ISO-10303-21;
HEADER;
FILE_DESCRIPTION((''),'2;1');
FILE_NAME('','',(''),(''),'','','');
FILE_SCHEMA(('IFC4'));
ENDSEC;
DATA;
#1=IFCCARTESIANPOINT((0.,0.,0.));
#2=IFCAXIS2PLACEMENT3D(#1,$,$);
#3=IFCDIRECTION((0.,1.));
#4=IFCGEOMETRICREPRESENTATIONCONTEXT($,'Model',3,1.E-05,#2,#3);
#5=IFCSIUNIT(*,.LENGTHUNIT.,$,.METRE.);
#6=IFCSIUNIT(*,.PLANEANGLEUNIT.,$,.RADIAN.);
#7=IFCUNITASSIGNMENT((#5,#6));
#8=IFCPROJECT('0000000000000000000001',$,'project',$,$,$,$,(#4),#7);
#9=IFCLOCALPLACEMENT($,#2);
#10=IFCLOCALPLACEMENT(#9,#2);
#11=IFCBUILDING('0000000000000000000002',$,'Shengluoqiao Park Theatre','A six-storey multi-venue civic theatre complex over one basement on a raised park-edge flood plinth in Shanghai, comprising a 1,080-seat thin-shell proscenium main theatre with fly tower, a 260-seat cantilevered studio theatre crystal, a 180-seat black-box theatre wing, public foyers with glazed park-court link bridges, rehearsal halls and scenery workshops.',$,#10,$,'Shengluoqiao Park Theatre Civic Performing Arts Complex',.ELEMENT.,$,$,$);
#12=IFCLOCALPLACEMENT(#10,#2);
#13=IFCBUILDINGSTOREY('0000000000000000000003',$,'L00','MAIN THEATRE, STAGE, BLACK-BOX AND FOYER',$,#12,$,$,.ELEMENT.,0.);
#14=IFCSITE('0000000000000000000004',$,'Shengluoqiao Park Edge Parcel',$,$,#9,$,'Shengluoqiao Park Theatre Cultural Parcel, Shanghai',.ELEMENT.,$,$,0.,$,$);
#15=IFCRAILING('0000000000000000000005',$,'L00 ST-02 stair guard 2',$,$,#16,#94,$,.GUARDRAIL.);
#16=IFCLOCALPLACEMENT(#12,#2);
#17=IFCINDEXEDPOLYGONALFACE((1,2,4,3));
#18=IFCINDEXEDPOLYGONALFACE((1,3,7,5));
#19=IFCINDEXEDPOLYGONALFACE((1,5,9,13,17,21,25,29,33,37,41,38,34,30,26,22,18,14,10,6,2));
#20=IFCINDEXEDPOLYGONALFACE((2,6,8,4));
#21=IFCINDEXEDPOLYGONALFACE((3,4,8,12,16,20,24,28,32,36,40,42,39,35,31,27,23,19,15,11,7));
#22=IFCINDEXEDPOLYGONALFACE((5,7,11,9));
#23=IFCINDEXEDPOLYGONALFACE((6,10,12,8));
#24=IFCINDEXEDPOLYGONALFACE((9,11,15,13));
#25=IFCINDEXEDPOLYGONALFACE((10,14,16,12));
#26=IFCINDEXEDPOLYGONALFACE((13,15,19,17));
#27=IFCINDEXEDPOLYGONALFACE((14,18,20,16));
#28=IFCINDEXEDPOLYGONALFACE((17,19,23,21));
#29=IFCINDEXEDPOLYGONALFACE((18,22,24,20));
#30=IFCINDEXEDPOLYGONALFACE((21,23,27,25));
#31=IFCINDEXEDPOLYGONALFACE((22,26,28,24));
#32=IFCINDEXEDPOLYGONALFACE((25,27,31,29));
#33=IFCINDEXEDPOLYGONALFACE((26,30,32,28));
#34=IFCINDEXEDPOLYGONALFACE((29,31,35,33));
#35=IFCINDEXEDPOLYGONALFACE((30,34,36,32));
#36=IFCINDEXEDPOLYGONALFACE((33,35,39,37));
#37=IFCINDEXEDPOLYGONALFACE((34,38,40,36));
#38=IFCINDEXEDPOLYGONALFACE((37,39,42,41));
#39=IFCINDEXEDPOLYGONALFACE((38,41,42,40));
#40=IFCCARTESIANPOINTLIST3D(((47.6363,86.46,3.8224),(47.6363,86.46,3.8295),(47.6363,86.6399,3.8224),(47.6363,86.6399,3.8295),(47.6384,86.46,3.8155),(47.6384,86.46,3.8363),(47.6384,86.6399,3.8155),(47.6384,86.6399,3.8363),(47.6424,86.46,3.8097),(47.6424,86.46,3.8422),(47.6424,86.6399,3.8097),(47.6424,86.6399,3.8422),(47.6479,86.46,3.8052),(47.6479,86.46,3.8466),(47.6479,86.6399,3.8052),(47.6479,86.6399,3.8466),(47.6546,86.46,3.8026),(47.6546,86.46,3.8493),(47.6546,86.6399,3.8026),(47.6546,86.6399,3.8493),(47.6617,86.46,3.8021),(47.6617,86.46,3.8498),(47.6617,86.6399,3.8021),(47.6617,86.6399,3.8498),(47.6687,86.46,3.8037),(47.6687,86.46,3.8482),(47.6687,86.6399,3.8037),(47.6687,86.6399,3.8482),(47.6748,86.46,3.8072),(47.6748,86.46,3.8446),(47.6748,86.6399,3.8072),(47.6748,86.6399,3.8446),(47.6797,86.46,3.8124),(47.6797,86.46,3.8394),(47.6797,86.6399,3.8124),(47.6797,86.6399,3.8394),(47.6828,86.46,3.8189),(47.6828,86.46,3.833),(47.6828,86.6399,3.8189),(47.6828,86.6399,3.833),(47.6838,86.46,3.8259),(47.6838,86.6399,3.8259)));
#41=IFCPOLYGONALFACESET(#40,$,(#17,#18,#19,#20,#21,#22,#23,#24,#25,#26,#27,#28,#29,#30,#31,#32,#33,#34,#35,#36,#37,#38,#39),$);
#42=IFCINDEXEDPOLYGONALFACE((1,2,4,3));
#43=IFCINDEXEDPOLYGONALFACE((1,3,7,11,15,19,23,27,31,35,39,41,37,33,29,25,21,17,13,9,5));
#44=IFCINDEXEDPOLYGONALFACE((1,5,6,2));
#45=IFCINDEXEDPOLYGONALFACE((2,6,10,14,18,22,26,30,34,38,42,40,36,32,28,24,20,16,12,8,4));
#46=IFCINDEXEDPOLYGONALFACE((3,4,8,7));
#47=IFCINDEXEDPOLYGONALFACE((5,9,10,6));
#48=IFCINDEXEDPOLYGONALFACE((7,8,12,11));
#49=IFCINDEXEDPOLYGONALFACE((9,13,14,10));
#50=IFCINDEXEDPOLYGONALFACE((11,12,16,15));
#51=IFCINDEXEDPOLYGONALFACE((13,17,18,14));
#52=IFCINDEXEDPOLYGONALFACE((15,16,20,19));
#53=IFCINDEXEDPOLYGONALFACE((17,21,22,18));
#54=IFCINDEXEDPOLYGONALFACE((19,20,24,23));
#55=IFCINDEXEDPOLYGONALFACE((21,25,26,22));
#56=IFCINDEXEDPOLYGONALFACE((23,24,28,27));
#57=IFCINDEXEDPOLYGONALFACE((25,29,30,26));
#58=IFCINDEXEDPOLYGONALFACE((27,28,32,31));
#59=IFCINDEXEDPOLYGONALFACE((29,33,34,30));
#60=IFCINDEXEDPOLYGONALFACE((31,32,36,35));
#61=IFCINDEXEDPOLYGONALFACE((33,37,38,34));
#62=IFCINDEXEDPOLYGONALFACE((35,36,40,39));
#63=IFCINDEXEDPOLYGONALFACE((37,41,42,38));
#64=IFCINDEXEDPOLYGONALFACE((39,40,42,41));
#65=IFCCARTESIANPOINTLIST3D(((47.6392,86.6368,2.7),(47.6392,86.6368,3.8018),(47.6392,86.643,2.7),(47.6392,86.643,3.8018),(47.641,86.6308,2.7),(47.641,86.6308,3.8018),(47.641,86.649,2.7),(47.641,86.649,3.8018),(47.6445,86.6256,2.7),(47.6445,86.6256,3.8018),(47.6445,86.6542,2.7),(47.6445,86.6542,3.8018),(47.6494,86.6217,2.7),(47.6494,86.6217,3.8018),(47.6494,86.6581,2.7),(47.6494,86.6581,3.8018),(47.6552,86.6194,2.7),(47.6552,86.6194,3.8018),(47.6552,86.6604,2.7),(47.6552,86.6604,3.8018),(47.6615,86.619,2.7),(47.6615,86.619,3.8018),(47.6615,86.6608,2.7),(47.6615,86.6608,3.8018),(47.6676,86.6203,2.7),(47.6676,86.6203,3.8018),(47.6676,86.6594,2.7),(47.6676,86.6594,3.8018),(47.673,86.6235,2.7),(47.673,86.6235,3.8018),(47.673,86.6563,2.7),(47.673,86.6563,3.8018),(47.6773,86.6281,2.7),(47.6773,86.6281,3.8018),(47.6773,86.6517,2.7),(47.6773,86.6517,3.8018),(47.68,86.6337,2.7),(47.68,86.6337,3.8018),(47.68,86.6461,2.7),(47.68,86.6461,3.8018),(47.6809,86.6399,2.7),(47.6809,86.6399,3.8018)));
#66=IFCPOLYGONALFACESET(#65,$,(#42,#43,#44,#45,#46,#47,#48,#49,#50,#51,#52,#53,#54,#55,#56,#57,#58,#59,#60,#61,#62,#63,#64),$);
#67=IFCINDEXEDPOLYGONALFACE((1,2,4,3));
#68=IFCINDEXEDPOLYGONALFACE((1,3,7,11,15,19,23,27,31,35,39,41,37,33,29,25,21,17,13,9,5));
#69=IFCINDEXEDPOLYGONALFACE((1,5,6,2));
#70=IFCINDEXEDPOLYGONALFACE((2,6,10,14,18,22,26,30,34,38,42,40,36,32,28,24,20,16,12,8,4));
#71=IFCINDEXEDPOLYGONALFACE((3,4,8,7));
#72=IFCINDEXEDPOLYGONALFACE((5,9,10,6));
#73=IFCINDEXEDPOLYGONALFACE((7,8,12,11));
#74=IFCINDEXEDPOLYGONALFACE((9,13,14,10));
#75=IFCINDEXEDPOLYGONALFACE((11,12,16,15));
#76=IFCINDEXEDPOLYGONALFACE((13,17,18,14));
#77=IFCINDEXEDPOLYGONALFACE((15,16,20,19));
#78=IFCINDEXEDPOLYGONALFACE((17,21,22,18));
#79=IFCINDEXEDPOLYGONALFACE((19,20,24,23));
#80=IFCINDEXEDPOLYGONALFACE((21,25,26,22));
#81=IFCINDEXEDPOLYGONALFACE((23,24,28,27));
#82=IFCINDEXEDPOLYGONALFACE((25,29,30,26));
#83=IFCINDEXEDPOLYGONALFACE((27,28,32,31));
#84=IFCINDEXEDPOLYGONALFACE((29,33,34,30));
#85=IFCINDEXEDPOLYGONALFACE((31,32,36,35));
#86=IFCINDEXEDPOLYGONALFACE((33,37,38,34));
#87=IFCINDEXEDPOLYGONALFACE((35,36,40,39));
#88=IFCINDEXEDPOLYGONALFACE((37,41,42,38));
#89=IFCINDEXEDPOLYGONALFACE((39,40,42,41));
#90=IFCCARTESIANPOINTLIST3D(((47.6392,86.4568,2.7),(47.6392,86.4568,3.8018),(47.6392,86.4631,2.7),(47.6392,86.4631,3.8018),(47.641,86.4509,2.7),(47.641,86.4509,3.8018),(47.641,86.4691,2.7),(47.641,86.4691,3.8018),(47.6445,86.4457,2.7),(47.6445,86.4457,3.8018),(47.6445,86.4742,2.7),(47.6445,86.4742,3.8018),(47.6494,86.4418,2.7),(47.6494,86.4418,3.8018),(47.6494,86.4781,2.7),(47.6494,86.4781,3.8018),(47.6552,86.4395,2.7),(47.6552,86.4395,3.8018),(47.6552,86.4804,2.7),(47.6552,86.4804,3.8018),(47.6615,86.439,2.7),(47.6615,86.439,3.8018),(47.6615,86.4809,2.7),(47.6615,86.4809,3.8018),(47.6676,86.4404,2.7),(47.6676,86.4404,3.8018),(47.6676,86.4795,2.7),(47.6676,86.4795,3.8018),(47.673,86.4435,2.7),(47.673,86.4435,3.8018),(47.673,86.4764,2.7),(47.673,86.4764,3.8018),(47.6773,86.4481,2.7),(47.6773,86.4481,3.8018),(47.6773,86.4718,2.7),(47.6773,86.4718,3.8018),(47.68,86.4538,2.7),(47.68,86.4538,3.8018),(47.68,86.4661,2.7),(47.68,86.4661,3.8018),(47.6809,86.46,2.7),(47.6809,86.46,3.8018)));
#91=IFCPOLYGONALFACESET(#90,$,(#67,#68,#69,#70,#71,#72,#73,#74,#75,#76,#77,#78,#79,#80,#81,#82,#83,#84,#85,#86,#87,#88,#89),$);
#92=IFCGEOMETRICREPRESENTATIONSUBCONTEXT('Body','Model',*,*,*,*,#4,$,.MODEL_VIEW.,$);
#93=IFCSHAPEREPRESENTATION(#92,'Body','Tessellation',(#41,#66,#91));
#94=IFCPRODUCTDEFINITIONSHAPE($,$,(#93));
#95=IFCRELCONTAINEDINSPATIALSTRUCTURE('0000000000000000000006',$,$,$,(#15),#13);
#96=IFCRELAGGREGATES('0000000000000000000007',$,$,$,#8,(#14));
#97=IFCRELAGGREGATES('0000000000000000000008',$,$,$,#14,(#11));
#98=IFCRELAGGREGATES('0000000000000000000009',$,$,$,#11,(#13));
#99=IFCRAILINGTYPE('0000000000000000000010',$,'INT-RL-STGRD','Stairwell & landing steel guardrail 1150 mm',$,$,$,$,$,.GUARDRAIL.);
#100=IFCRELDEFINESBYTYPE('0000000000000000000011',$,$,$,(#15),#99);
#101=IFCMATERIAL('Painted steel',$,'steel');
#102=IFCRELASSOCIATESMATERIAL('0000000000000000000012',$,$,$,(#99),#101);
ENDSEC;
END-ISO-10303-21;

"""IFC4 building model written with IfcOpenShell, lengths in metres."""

from ifc_helpers import new_model, si_unit, direction, frame, origin, origin_2d, place, context, subcontext, project, spatial, circle, extrude, material, type_object, element, save


model = new_model("IFC4")

# Units and contexts
model_context = context("Model", 3, precision=1e-05, world=origin(), true_north=direction((0.0, 1.0)))
body_context = subcontext(model_context, "Body", "Model", "MODEL_VIEW")
ifc_project = project(units=[si_unit("LENGTHUNIT", "METRE"), si_unit("PLANEANGLEUNIT", "RADIAN")], contexts=[model_context])

# Site, building, storey
site_placement = place(None, origin())
site = spatial("IfcSite", under=ifc_project, at=site_placement, Name="Shengluoqiao Park Edge Parcel", LongName="Shengluoqiao Park Theatre Cultural Parcel, Shanghai", CompositionType="ELEMENT", RefElevation=0.0)
building_placement = place(site_placement, origin())
building = spatial("IfcBuilding", under=site, at=building_placement, Name="Shengluoqiao Park Theatre", Description="A six-storey multi-venue civic theatre complex over one basement on a raised park-edge flood plinth in Shanghai, comprising a 1,080-seat thin-shell proscenium main theatre with fly tower, a 260-seat cantilevered studio theatre crystal, a 180-seat black-box theatre wing, public foyers with glazed park-court link bridges, rehearsal halls and scenery workshops.", LongName="Shengluoqiao Park Theatre Civic Performing Arts Complex", CompositionType="ELEMENT")
storey_placement = place(building_placement, origin())
storey = spatial("IfcBuildingStorey", under=building, at=storey_placement, Name="L00", Description="MAIN THEATRE, STAGE, BLACK-BOX AND FOYER", CompositionType="ELEMENT", Elevation=0.0)

# Railing
ifc_material_1 = material(Name="Painted steel", Category="steel")
railing_type_1 = type_object("IfcRailingType", Name="INT-RL-STGRD", Description="Stairwell & landing steel guardrail 1150 mm", PredefinedType="GUARDRAIL", material=ifc_material_1)
railing_1_placement = place(storey_placement, frame((47.6599, 86.6399, 2.7)))
element("IfcRailing", 1, at=railing_1_placement, inside=storey, type_object=railing_type_1, Name="L00 ST-02 stair guard 2", PredefinedType="GUARDRAIL", context=body_context, shape_type="SweptSolid", body=[
    extrude(circle(Radius=0.0239, at=origin_2d()), frame((0.0, 0.0, 1.126), z_axis=(0.0, -1.0, 0.0), x_axis=(1.0, 0.0, 0.0)), (0.0, 0.0, 1.0), 0.1799),
    extrude(circle(Radius=0.021, at=origin_2d()), origin(), (0.0, 0.0, 1.0), 1.1018),
    extrude(circle(Radius=0.021, at=origin_2d()), frame((0.0, -0.1799, 0.0)), (0.0, 0.0, 1.0), 1.1018),
])

save(model, "model.ifc")
